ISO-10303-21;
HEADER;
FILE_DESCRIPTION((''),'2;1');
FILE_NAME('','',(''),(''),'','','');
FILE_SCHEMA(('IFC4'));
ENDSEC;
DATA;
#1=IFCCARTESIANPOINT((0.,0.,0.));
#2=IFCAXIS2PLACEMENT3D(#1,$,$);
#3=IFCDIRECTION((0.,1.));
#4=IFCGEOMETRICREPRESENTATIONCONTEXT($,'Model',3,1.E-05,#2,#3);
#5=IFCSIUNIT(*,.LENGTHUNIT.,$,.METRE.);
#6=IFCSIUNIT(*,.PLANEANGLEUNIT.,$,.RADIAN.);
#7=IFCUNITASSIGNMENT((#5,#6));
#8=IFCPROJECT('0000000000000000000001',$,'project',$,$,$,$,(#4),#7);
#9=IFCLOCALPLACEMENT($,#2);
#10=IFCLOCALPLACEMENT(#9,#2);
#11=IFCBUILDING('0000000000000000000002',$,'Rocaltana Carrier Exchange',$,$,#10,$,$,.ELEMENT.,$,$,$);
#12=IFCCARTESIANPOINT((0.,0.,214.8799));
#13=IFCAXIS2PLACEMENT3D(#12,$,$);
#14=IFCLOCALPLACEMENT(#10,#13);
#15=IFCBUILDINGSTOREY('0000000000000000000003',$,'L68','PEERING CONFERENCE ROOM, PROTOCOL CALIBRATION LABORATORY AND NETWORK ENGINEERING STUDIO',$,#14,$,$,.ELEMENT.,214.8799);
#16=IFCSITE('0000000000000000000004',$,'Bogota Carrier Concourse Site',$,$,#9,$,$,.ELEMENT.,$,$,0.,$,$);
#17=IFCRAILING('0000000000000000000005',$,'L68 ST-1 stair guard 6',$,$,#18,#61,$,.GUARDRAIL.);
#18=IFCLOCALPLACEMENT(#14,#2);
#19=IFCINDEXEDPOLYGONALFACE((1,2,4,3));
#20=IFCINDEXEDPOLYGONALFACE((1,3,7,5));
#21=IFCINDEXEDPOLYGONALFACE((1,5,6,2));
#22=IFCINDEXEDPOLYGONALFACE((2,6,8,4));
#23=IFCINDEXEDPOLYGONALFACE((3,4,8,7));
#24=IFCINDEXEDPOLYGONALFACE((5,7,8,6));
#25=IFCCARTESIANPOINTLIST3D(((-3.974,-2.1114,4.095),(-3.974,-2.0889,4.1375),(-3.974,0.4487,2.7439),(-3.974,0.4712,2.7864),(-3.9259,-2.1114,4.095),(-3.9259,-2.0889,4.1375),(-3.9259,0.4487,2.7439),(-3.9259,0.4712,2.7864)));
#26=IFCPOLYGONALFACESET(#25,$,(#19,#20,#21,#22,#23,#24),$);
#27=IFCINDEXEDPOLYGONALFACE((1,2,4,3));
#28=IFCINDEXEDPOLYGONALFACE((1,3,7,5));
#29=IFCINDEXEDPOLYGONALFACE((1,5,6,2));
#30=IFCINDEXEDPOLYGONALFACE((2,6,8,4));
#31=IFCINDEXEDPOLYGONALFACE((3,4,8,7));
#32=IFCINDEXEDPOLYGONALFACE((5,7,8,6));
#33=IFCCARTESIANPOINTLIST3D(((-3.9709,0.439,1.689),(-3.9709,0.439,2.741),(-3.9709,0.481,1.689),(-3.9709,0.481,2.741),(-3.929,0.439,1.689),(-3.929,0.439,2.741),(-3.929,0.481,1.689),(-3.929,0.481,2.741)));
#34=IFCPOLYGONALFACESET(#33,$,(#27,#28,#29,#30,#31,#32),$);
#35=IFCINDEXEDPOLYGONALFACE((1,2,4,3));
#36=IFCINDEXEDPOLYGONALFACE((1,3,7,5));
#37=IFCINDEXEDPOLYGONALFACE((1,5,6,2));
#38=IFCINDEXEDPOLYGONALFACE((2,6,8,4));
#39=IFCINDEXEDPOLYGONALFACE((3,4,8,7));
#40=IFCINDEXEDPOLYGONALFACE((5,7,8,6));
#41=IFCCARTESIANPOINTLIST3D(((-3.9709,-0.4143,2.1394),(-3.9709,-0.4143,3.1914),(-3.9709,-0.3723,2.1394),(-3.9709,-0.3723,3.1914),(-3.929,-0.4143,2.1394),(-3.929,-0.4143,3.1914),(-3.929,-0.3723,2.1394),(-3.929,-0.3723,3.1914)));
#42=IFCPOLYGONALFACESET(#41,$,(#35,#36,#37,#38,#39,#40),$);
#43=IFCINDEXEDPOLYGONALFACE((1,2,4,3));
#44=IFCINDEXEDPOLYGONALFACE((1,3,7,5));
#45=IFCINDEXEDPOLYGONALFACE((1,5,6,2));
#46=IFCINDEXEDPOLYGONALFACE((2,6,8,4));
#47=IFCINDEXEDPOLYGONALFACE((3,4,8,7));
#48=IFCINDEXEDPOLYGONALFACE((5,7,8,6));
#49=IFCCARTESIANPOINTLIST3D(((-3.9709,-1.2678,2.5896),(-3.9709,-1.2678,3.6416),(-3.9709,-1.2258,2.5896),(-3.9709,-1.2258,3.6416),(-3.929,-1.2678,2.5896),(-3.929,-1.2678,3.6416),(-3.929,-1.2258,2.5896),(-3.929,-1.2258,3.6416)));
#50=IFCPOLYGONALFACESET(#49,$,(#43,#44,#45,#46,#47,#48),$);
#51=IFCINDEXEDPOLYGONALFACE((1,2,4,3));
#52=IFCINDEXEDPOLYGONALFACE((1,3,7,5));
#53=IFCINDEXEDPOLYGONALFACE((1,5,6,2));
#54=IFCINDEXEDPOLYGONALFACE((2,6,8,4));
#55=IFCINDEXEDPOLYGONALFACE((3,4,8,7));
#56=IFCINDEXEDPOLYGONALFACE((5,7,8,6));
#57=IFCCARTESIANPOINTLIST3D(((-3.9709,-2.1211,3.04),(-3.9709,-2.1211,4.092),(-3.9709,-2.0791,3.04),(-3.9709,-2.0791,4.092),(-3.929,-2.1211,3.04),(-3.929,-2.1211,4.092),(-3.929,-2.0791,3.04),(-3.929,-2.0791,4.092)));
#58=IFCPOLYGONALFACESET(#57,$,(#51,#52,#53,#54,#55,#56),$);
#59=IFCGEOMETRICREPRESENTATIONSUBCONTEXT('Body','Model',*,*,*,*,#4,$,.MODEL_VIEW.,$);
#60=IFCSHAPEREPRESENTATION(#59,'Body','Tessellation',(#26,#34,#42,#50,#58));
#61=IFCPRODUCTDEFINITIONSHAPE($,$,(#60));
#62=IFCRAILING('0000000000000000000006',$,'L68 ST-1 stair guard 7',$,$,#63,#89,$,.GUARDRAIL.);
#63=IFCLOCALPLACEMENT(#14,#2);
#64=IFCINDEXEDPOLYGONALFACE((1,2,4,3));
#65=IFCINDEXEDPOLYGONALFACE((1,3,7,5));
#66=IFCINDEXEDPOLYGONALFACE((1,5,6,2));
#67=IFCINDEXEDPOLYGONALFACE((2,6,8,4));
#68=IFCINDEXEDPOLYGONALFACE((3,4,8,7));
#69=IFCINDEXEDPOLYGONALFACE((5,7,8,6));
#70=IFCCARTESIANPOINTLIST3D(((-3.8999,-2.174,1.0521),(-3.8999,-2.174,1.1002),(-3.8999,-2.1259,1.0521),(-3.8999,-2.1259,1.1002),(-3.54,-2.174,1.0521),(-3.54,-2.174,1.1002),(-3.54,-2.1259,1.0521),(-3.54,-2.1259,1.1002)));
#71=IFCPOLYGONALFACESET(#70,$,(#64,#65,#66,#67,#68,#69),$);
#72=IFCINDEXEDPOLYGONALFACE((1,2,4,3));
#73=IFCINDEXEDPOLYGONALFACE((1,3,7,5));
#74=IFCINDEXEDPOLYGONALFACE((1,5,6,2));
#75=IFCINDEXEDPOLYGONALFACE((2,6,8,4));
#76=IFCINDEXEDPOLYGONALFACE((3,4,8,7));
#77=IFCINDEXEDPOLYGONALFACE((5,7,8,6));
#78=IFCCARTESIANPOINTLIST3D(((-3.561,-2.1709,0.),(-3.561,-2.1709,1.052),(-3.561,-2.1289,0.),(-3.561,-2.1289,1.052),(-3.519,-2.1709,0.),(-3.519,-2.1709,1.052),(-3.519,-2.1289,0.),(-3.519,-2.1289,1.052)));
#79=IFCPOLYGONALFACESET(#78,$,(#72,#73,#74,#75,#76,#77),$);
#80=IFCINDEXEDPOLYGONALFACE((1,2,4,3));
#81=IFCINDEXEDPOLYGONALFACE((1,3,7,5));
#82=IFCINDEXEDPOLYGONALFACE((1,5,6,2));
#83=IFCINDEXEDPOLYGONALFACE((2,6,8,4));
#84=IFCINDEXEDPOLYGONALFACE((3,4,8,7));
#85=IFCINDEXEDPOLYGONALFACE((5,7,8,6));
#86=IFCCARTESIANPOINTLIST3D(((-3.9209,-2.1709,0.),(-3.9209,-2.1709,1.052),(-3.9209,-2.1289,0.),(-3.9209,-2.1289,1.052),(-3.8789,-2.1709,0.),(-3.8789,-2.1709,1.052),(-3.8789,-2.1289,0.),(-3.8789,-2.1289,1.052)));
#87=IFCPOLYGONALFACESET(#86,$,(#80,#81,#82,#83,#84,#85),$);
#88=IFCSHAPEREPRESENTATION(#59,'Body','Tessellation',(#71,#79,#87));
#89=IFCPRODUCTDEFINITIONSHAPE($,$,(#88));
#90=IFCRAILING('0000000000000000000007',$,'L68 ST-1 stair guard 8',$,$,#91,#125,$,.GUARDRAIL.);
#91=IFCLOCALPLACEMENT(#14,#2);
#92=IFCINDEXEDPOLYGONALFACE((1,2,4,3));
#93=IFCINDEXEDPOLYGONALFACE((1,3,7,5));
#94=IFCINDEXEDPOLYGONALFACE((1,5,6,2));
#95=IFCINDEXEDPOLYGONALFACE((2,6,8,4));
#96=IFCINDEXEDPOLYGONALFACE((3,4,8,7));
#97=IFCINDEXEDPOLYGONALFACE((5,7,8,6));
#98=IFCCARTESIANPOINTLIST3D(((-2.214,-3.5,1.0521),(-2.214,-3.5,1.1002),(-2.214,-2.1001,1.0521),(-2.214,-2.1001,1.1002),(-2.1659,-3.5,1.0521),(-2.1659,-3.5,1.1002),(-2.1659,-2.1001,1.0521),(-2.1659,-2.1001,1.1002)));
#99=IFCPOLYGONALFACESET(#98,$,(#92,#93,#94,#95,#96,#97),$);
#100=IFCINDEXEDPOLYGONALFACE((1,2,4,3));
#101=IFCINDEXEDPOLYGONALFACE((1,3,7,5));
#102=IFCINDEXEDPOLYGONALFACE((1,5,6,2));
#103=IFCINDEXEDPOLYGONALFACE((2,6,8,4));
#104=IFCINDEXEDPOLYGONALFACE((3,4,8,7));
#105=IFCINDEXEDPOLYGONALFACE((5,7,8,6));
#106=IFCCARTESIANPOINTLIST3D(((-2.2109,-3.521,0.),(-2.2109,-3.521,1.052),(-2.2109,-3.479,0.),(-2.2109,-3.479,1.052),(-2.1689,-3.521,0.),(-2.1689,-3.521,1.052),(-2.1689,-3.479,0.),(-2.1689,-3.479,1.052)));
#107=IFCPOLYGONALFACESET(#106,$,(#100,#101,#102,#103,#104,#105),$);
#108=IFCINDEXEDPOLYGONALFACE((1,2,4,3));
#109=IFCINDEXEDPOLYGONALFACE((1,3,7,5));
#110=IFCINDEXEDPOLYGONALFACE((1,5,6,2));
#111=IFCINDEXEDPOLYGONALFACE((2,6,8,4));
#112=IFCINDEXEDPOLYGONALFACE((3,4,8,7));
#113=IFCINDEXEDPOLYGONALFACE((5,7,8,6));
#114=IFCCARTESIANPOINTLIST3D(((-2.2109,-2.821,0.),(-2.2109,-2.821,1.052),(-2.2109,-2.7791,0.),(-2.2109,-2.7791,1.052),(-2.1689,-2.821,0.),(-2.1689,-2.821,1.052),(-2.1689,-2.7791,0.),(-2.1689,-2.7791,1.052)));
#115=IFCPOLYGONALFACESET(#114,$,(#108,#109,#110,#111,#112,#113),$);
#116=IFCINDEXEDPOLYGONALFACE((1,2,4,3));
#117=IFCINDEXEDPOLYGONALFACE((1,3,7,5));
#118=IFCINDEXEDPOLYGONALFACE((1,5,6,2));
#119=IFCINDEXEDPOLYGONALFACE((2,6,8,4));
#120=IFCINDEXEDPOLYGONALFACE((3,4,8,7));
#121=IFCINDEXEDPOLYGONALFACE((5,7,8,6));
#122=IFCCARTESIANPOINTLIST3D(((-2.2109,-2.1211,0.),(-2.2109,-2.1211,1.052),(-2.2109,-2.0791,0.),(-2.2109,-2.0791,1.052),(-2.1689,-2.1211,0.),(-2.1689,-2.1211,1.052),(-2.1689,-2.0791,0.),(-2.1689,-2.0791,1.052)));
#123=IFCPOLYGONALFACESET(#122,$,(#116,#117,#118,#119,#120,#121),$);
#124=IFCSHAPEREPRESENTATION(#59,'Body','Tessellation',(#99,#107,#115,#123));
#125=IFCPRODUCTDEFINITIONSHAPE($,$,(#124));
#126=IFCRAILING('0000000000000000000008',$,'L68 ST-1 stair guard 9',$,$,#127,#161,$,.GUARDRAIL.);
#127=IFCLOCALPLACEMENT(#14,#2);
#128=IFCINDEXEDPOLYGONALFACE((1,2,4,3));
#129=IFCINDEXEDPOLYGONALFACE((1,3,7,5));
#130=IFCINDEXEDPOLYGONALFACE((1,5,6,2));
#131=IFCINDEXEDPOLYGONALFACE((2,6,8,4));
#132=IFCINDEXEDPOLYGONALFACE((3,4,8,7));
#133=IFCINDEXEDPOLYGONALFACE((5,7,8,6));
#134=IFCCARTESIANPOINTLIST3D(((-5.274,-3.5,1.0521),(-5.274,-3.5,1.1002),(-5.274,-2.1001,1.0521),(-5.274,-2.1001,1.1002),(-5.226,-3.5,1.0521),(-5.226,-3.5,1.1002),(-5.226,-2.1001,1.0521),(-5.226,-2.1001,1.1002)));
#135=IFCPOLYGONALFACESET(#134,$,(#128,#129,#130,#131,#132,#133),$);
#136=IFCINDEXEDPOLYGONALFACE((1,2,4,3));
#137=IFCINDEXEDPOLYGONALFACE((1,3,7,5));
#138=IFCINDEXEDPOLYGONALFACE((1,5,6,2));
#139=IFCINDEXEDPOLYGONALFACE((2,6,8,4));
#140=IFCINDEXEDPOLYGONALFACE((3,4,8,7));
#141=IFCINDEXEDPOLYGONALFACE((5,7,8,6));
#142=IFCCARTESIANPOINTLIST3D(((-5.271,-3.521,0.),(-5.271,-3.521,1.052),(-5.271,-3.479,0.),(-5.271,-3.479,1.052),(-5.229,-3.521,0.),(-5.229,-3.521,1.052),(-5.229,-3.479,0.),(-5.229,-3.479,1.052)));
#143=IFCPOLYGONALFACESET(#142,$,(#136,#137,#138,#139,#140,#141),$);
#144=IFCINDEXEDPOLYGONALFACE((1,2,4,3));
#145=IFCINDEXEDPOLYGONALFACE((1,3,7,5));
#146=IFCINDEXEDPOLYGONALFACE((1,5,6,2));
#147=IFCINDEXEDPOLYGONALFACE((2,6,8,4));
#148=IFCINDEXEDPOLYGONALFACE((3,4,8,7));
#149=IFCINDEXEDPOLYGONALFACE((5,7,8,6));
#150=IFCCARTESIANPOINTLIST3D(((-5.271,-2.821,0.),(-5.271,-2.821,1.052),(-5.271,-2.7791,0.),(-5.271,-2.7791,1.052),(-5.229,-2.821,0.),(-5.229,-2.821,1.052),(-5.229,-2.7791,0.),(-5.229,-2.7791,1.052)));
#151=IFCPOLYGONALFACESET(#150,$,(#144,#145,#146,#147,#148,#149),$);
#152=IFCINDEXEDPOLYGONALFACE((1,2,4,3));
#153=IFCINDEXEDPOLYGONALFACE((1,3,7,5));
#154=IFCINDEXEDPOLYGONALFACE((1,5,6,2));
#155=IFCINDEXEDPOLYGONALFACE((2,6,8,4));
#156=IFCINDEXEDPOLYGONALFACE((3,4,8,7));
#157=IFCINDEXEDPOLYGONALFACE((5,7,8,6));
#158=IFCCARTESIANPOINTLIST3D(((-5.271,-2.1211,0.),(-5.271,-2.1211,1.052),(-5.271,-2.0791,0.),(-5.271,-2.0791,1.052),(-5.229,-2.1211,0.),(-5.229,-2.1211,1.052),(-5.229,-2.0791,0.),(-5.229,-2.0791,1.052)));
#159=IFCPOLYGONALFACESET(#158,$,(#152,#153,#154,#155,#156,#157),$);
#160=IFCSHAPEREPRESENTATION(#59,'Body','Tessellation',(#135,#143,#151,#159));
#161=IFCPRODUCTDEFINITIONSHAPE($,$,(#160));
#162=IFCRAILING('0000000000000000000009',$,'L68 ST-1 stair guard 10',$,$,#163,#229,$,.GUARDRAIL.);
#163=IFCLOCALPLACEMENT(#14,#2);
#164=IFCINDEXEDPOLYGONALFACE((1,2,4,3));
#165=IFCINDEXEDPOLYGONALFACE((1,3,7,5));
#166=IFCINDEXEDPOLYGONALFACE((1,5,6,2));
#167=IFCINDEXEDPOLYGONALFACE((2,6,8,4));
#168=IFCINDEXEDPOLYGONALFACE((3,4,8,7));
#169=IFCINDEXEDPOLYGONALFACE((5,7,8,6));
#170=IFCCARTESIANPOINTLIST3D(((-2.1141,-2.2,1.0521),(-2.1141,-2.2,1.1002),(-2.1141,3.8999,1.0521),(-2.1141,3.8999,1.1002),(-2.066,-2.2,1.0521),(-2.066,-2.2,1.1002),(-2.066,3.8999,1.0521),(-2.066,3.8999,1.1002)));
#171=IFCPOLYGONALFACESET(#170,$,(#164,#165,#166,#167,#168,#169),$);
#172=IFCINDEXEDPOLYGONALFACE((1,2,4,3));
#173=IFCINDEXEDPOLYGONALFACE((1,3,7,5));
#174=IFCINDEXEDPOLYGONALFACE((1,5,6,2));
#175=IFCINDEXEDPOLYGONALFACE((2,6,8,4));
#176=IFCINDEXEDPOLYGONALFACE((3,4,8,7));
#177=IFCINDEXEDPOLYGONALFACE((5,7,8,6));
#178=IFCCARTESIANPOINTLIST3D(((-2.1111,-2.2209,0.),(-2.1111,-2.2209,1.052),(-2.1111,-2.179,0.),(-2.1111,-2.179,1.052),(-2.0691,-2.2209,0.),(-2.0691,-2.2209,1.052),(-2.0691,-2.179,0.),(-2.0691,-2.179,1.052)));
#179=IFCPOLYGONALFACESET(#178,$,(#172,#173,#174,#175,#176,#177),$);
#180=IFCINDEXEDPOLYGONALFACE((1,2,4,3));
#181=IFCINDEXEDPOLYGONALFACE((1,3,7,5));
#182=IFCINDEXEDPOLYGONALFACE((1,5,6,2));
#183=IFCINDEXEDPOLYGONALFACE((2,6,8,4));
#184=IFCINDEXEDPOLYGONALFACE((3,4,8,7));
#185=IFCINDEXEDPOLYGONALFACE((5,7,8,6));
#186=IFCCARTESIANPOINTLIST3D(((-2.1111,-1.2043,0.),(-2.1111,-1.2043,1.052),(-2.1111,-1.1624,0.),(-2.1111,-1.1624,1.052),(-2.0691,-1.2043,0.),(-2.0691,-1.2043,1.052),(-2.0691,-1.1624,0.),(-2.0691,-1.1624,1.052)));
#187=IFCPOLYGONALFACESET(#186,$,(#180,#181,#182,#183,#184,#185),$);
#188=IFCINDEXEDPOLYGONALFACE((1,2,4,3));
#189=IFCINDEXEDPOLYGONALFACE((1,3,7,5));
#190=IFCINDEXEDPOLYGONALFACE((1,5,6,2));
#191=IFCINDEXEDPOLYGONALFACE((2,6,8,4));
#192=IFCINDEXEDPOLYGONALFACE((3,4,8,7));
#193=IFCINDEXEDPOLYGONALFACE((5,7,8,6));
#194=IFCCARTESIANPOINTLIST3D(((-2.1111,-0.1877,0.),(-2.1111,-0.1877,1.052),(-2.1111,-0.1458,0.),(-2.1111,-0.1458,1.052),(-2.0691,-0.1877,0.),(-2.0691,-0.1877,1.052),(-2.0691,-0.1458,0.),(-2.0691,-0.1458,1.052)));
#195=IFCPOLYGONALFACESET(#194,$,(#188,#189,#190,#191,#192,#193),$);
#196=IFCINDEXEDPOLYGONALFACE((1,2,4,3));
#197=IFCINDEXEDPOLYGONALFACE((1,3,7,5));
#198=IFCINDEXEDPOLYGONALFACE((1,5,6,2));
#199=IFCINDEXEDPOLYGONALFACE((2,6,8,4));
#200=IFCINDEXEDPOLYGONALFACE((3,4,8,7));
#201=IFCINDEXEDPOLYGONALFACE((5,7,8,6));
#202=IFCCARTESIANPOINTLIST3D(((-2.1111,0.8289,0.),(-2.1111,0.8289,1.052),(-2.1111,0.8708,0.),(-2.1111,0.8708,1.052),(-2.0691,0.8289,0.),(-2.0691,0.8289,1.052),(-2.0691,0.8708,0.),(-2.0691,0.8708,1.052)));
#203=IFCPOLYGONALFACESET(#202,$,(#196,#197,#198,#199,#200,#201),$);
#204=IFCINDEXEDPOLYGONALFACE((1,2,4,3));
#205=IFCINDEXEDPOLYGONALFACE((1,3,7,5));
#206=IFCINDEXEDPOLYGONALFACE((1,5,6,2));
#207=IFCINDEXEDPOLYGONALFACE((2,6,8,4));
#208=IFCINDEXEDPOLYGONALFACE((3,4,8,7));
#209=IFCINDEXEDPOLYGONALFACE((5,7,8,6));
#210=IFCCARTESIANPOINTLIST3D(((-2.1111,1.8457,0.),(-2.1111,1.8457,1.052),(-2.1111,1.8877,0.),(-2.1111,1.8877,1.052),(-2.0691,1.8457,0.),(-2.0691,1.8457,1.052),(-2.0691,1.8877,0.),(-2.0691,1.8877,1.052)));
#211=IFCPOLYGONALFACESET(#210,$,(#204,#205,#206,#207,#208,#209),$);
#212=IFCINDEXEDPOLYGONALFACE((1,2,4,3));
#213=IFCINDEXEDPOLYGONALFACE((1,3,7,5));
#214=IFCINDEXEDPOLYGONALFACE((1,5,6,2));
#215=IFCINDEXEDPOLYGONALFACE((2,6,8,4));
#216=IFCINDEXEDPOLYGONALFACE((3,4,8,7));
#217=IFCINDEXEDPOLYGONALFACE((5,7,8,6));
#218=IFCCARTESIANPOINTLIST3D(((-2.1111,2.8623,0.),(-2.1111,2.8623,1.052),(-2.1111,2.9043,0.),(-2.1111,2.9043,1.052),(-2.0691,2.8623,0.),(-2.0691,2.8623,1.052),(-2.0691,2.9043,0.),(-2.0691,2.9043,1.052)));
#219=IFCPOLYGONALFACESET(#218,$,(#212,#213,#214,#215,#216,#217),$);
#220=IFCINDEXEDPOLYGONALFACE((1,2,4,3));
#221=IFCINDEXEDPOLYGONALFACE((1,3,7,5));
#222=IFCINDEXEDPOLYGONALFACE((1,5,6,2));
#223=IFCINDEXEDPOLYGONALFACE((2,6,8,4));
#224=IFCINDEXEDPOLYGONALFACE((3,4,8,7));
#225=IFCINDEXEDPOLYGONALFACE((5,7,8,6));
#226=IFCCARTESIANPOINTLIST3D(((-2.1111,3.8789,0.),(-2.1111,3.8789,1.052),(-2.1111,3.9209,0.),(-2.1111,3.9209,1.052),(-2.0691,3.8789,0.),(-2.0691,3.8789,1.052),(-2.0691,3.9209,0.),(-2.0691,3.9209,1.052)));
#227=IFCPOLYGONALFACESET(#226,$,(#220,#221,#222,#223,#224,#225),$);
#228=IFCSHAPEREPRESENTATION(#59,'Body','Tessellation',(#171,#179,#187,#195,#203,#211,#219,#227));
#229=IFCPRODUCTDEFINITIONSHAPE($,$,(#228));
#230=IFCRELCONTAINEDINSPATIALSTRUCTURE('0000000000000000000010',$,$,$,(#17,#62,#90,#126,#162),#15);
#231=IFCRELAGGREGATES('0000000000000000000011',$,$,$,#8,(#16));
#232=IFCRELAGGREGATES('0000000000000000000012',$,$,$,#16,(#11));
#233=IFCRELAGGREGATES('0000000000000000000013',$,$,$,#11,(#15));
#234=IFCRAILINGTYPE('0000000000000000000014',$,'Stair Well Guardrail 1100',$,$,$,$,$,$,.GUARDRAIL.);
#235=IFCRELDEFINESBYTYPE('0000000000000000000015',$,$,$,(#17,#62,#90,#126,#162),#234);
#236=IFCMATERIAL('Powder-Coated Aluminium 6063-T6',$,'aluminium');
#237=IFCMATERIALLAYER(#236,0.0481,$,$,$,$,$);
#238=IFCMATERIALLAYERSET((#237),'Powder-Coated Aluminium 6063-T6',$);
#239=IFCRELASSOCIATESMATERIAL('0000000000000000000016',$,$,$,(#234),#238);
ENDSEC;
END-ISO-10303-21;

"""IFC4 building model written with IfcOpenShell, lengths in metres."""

from ifc_helpers import new_model, si_unit, direction, frame, origin, origin_2d, place, context, subcontext, project, spatial, rectangle, extrude, material, layer, layer_set, type_object, element, save


model = new_model("IFC4")

# Units and contexts
model_context = context("Model", 3, precision=1e-05, world=origin(), true_north=direction((0.0, 1.0)))
body_context = subcontext(model_context, "Body", "Model", "MODEL_VIEW")
ifc_project = project(units=[si_unit("LENGTHUNIT", "METRE"), si_unit("PLANEANGLEUNIT", "RADIAN")], contexts=[model_context])

# Site, building, storey
site_placement = place(None, origin())
site = spatial("IfcSite", under=ifc_project, at=site_placement, Name="Bogota Carrier Concourse Site", CompositionType="ELEMENT", RefElevation=0.0)
building_placement = place(site_placement, origin())
building = spatial("IfcBuilding", under=site, at=building_placement, Name="Rocaltana Carrier Exchange", CompositionType="ELEMENT")
storey_placement = place(building_placement, frame((0.0, 0.0, 214.8799)))
storey = spatial("IfcBuildingStorey", under=building, at=storey_placement, Name="L68", Description="PEERING CONFERENCE ROOM, PROTOCOL CALIBRATION LABORATORY AND NETWORK ENGINEERING STUDIO", CompositionType="ELEMENT", Elevation=214.8799)

# Railings
ifc_material_1 = material(Name="Powder-Coated Aluminium 6063-T6", Category="aluminium")
ifc_layer_1 = layer(ifc_material_1, 0.0481)
ifc_layer_set_1 = layer_set([ifc_layer_1], Name="Powder-Coated Aluminium 6063-T6")
railing_type_1 = type_object("IfcRailingType", Name="Stair Well Guardrail 1100", PredefinedType="GUARDRAIL", material=ifc_layer_set_1)
railing_1_placement = place(storey_placement, frame((-3.95, 0.46, 1.689)))
element("IfcRailing", 1, at=railing_1_placement, inside=storey, type_object=railing_type_1, Name="L68 ST-1 stair guard 6", PredefinedType="GUARDRAIL", context=body_context, shape_type="SweptSolid", body=[
    extrude(rectangle(XDim=0.0481, YDim=0.0481, at=origin_2d()), frame((0.0, 0.0, 1.0762), z_axis=(0.0, -0.884394, 0.46674), x_axis=(1.0, 0.0, 0.0)), (0.0, 0.0, 1.0), 2.8948),
    extrude(rectangle(XDim=0.042, YDim=0.042, at=origin_2d()), origin(), (0.0, 0.0, 1.0), 1.052),
    extrude(rectangle(XDim=0.042, YDim=0.042, at=origin_2d()), frame((0.0, -0.8533, 0.4504)), (0.0, 0.0, 1.0), 1.052),
    extrude(rectangle(XDim=0.042, YDim=0.042, at=origin_2d()), frame((0.0, -1.7068, 0.9006)), (0.0, 0.0, 1.0), 1.052),
    extrude(rectangle(XDim=0.042, YDim=0.042, at=origin_2d()), frame((0.0, -2.5601, 1.3511)), (0.0, 0.0, 1.0), 1.052),
])
railing_2_placement = place(storey_placement, frame((-3.54, -2.1499, 0.0)))
element("IfcRailing", 2, at=railing_2_placement, inside=storey, type_object=railing_type_1, Name="L68 ST-1 stair guard 7", PredefinedType="GUARDRAIL", context=body_context, shape_type="SweptSolid", body=[
    extrude(rectangle(XDim=0.0481, YDim=0.0481, at=origin_2d()), frame((0.0, 0.0, 1.0762), z_axis=(-1.0, 0.0, 0.0), x_axis=(0.0, -1.0, 0.0)), (0.0, 0.0, 1.0), 0.3599),
    extrude(rectangle(XDim=0.042, YDim=0.042, at=origin_2d()), origin(), (0.0, 0.0, 1.0), 1.052),
    extrude(rectangle(XDim=0.042, YDim=0.042, at=origin_2d()), frame((-0.3599, 0.0, 0.0)), (0.0, 0.0, 1.0), 1.052),
])
for number, where, name in (
    (3, (-2.1899, -3.5, 0.0), "L68 ST-1 stair guard 8"),
    (4, (-5.25, -3.5, 0.0), "L68 ST-1 stair guard 9"),
):
    element("IfcRailing", number, at=place(storey_placement, frame(where)), inside=storey, type_object=railing_type_1, Name=name, PredefinedType="GUARDRAIL", context=body_context, shape_type="SweptSolid", body=[
        extrude(rectangle(XDim=0.0481, YDim=0.0481, at=origin_2d()), frame((0.0, 0.0, 1.0762), z_axis=(0.0, 1.0, 0.0), x_axis=(-1.0, 0.0, 0.0)), (0.0, 0.0, 1.0), 1.3999),
        extrude(rectangle(XDim=0.042, YDim=0.042, at=origin_2d()), origin(), (0.0, 0.0, 1.0), 1.052),
        extrude(rectangle(XDim=0.042, YDim=0.042, at=origin_2d()), frame((0.0, 0.7, 0.0)), (0.0, 0.0, 1.0), 1.052),
        extrude(rectangle(XDim=0.042, YDim=0.042, at=origin_2d()), frame((0.0, 1.3999, 0.0)), (0.0, 0.0, 1.0), 1.052),
    ])
for number, where, name in (
    (5, (-2.0901, -2.2, 0.0), "L68 ST-1 stair guard 10"),
):
    element("IfcRailing", number, at=place(storey_placement, frame(where)), inside=storey, type_object=railing_type_1, Name=name, PredefinedType="GUARDRAIL", context=body_context, shape_type="SweptSolid", body=[
        extrude(rectangle(XDim=0.0481, YDim=0.0481, at=origin_2d()), frame((0.0, 0.0, 1.0762), z_axis=(0.0, 1.0, 0.0), x_axis=(-1.0, 0.0, 0.0)), (0.0, 0.0, 1.0), 6.0999),
        extrude(rectangle(XDim=0.042, YDim=0.042, at=origin_2d()), origin(), (0.0, 0.0, 1.0), 1.052),
        extrude(rectangle(XDim=0.042, YDim=0.042, at=origin_2d()), frame((0.0, 1.0166, 0.0)), (0.0, 0.0, 1.0), 1.052),
        extrude(rectangle(XDim=0.042, YDim=0.042, at=origin_2d()), frame((0.0, 2.0332, 0.0)), (0.0, 0.0, 1.0), 1.052),
        extrude(rectangle(XDim=0.042, YDim=0.042, at=origin_2d()), frame((0.0, 3.0498, 0.0)), (0.0, 0.0, 1.0), 1.052),
        extrude(rectangle(XDim=0.042, YDim=0.042, at=origin_2d()), frame((0.0, 4.0667, 0.0)), (0.0, 0.0, 1.0), 1.052),
        extrude(rectangle(XDim=0.042, YDim=0.042, at=origin_2d()), frame((0.0, 5.0833, 0.0)), (0.0, 0.0, 1.0), 1.052),
        extrude(rectangle(XDim=0.042, YDim=0.042, at=origin_2d()), frame((0.0, 6.0999, 0.0)), (0.0, 0.0, 1.0), 1.052),
    ])

save(model, "model.ifc")
